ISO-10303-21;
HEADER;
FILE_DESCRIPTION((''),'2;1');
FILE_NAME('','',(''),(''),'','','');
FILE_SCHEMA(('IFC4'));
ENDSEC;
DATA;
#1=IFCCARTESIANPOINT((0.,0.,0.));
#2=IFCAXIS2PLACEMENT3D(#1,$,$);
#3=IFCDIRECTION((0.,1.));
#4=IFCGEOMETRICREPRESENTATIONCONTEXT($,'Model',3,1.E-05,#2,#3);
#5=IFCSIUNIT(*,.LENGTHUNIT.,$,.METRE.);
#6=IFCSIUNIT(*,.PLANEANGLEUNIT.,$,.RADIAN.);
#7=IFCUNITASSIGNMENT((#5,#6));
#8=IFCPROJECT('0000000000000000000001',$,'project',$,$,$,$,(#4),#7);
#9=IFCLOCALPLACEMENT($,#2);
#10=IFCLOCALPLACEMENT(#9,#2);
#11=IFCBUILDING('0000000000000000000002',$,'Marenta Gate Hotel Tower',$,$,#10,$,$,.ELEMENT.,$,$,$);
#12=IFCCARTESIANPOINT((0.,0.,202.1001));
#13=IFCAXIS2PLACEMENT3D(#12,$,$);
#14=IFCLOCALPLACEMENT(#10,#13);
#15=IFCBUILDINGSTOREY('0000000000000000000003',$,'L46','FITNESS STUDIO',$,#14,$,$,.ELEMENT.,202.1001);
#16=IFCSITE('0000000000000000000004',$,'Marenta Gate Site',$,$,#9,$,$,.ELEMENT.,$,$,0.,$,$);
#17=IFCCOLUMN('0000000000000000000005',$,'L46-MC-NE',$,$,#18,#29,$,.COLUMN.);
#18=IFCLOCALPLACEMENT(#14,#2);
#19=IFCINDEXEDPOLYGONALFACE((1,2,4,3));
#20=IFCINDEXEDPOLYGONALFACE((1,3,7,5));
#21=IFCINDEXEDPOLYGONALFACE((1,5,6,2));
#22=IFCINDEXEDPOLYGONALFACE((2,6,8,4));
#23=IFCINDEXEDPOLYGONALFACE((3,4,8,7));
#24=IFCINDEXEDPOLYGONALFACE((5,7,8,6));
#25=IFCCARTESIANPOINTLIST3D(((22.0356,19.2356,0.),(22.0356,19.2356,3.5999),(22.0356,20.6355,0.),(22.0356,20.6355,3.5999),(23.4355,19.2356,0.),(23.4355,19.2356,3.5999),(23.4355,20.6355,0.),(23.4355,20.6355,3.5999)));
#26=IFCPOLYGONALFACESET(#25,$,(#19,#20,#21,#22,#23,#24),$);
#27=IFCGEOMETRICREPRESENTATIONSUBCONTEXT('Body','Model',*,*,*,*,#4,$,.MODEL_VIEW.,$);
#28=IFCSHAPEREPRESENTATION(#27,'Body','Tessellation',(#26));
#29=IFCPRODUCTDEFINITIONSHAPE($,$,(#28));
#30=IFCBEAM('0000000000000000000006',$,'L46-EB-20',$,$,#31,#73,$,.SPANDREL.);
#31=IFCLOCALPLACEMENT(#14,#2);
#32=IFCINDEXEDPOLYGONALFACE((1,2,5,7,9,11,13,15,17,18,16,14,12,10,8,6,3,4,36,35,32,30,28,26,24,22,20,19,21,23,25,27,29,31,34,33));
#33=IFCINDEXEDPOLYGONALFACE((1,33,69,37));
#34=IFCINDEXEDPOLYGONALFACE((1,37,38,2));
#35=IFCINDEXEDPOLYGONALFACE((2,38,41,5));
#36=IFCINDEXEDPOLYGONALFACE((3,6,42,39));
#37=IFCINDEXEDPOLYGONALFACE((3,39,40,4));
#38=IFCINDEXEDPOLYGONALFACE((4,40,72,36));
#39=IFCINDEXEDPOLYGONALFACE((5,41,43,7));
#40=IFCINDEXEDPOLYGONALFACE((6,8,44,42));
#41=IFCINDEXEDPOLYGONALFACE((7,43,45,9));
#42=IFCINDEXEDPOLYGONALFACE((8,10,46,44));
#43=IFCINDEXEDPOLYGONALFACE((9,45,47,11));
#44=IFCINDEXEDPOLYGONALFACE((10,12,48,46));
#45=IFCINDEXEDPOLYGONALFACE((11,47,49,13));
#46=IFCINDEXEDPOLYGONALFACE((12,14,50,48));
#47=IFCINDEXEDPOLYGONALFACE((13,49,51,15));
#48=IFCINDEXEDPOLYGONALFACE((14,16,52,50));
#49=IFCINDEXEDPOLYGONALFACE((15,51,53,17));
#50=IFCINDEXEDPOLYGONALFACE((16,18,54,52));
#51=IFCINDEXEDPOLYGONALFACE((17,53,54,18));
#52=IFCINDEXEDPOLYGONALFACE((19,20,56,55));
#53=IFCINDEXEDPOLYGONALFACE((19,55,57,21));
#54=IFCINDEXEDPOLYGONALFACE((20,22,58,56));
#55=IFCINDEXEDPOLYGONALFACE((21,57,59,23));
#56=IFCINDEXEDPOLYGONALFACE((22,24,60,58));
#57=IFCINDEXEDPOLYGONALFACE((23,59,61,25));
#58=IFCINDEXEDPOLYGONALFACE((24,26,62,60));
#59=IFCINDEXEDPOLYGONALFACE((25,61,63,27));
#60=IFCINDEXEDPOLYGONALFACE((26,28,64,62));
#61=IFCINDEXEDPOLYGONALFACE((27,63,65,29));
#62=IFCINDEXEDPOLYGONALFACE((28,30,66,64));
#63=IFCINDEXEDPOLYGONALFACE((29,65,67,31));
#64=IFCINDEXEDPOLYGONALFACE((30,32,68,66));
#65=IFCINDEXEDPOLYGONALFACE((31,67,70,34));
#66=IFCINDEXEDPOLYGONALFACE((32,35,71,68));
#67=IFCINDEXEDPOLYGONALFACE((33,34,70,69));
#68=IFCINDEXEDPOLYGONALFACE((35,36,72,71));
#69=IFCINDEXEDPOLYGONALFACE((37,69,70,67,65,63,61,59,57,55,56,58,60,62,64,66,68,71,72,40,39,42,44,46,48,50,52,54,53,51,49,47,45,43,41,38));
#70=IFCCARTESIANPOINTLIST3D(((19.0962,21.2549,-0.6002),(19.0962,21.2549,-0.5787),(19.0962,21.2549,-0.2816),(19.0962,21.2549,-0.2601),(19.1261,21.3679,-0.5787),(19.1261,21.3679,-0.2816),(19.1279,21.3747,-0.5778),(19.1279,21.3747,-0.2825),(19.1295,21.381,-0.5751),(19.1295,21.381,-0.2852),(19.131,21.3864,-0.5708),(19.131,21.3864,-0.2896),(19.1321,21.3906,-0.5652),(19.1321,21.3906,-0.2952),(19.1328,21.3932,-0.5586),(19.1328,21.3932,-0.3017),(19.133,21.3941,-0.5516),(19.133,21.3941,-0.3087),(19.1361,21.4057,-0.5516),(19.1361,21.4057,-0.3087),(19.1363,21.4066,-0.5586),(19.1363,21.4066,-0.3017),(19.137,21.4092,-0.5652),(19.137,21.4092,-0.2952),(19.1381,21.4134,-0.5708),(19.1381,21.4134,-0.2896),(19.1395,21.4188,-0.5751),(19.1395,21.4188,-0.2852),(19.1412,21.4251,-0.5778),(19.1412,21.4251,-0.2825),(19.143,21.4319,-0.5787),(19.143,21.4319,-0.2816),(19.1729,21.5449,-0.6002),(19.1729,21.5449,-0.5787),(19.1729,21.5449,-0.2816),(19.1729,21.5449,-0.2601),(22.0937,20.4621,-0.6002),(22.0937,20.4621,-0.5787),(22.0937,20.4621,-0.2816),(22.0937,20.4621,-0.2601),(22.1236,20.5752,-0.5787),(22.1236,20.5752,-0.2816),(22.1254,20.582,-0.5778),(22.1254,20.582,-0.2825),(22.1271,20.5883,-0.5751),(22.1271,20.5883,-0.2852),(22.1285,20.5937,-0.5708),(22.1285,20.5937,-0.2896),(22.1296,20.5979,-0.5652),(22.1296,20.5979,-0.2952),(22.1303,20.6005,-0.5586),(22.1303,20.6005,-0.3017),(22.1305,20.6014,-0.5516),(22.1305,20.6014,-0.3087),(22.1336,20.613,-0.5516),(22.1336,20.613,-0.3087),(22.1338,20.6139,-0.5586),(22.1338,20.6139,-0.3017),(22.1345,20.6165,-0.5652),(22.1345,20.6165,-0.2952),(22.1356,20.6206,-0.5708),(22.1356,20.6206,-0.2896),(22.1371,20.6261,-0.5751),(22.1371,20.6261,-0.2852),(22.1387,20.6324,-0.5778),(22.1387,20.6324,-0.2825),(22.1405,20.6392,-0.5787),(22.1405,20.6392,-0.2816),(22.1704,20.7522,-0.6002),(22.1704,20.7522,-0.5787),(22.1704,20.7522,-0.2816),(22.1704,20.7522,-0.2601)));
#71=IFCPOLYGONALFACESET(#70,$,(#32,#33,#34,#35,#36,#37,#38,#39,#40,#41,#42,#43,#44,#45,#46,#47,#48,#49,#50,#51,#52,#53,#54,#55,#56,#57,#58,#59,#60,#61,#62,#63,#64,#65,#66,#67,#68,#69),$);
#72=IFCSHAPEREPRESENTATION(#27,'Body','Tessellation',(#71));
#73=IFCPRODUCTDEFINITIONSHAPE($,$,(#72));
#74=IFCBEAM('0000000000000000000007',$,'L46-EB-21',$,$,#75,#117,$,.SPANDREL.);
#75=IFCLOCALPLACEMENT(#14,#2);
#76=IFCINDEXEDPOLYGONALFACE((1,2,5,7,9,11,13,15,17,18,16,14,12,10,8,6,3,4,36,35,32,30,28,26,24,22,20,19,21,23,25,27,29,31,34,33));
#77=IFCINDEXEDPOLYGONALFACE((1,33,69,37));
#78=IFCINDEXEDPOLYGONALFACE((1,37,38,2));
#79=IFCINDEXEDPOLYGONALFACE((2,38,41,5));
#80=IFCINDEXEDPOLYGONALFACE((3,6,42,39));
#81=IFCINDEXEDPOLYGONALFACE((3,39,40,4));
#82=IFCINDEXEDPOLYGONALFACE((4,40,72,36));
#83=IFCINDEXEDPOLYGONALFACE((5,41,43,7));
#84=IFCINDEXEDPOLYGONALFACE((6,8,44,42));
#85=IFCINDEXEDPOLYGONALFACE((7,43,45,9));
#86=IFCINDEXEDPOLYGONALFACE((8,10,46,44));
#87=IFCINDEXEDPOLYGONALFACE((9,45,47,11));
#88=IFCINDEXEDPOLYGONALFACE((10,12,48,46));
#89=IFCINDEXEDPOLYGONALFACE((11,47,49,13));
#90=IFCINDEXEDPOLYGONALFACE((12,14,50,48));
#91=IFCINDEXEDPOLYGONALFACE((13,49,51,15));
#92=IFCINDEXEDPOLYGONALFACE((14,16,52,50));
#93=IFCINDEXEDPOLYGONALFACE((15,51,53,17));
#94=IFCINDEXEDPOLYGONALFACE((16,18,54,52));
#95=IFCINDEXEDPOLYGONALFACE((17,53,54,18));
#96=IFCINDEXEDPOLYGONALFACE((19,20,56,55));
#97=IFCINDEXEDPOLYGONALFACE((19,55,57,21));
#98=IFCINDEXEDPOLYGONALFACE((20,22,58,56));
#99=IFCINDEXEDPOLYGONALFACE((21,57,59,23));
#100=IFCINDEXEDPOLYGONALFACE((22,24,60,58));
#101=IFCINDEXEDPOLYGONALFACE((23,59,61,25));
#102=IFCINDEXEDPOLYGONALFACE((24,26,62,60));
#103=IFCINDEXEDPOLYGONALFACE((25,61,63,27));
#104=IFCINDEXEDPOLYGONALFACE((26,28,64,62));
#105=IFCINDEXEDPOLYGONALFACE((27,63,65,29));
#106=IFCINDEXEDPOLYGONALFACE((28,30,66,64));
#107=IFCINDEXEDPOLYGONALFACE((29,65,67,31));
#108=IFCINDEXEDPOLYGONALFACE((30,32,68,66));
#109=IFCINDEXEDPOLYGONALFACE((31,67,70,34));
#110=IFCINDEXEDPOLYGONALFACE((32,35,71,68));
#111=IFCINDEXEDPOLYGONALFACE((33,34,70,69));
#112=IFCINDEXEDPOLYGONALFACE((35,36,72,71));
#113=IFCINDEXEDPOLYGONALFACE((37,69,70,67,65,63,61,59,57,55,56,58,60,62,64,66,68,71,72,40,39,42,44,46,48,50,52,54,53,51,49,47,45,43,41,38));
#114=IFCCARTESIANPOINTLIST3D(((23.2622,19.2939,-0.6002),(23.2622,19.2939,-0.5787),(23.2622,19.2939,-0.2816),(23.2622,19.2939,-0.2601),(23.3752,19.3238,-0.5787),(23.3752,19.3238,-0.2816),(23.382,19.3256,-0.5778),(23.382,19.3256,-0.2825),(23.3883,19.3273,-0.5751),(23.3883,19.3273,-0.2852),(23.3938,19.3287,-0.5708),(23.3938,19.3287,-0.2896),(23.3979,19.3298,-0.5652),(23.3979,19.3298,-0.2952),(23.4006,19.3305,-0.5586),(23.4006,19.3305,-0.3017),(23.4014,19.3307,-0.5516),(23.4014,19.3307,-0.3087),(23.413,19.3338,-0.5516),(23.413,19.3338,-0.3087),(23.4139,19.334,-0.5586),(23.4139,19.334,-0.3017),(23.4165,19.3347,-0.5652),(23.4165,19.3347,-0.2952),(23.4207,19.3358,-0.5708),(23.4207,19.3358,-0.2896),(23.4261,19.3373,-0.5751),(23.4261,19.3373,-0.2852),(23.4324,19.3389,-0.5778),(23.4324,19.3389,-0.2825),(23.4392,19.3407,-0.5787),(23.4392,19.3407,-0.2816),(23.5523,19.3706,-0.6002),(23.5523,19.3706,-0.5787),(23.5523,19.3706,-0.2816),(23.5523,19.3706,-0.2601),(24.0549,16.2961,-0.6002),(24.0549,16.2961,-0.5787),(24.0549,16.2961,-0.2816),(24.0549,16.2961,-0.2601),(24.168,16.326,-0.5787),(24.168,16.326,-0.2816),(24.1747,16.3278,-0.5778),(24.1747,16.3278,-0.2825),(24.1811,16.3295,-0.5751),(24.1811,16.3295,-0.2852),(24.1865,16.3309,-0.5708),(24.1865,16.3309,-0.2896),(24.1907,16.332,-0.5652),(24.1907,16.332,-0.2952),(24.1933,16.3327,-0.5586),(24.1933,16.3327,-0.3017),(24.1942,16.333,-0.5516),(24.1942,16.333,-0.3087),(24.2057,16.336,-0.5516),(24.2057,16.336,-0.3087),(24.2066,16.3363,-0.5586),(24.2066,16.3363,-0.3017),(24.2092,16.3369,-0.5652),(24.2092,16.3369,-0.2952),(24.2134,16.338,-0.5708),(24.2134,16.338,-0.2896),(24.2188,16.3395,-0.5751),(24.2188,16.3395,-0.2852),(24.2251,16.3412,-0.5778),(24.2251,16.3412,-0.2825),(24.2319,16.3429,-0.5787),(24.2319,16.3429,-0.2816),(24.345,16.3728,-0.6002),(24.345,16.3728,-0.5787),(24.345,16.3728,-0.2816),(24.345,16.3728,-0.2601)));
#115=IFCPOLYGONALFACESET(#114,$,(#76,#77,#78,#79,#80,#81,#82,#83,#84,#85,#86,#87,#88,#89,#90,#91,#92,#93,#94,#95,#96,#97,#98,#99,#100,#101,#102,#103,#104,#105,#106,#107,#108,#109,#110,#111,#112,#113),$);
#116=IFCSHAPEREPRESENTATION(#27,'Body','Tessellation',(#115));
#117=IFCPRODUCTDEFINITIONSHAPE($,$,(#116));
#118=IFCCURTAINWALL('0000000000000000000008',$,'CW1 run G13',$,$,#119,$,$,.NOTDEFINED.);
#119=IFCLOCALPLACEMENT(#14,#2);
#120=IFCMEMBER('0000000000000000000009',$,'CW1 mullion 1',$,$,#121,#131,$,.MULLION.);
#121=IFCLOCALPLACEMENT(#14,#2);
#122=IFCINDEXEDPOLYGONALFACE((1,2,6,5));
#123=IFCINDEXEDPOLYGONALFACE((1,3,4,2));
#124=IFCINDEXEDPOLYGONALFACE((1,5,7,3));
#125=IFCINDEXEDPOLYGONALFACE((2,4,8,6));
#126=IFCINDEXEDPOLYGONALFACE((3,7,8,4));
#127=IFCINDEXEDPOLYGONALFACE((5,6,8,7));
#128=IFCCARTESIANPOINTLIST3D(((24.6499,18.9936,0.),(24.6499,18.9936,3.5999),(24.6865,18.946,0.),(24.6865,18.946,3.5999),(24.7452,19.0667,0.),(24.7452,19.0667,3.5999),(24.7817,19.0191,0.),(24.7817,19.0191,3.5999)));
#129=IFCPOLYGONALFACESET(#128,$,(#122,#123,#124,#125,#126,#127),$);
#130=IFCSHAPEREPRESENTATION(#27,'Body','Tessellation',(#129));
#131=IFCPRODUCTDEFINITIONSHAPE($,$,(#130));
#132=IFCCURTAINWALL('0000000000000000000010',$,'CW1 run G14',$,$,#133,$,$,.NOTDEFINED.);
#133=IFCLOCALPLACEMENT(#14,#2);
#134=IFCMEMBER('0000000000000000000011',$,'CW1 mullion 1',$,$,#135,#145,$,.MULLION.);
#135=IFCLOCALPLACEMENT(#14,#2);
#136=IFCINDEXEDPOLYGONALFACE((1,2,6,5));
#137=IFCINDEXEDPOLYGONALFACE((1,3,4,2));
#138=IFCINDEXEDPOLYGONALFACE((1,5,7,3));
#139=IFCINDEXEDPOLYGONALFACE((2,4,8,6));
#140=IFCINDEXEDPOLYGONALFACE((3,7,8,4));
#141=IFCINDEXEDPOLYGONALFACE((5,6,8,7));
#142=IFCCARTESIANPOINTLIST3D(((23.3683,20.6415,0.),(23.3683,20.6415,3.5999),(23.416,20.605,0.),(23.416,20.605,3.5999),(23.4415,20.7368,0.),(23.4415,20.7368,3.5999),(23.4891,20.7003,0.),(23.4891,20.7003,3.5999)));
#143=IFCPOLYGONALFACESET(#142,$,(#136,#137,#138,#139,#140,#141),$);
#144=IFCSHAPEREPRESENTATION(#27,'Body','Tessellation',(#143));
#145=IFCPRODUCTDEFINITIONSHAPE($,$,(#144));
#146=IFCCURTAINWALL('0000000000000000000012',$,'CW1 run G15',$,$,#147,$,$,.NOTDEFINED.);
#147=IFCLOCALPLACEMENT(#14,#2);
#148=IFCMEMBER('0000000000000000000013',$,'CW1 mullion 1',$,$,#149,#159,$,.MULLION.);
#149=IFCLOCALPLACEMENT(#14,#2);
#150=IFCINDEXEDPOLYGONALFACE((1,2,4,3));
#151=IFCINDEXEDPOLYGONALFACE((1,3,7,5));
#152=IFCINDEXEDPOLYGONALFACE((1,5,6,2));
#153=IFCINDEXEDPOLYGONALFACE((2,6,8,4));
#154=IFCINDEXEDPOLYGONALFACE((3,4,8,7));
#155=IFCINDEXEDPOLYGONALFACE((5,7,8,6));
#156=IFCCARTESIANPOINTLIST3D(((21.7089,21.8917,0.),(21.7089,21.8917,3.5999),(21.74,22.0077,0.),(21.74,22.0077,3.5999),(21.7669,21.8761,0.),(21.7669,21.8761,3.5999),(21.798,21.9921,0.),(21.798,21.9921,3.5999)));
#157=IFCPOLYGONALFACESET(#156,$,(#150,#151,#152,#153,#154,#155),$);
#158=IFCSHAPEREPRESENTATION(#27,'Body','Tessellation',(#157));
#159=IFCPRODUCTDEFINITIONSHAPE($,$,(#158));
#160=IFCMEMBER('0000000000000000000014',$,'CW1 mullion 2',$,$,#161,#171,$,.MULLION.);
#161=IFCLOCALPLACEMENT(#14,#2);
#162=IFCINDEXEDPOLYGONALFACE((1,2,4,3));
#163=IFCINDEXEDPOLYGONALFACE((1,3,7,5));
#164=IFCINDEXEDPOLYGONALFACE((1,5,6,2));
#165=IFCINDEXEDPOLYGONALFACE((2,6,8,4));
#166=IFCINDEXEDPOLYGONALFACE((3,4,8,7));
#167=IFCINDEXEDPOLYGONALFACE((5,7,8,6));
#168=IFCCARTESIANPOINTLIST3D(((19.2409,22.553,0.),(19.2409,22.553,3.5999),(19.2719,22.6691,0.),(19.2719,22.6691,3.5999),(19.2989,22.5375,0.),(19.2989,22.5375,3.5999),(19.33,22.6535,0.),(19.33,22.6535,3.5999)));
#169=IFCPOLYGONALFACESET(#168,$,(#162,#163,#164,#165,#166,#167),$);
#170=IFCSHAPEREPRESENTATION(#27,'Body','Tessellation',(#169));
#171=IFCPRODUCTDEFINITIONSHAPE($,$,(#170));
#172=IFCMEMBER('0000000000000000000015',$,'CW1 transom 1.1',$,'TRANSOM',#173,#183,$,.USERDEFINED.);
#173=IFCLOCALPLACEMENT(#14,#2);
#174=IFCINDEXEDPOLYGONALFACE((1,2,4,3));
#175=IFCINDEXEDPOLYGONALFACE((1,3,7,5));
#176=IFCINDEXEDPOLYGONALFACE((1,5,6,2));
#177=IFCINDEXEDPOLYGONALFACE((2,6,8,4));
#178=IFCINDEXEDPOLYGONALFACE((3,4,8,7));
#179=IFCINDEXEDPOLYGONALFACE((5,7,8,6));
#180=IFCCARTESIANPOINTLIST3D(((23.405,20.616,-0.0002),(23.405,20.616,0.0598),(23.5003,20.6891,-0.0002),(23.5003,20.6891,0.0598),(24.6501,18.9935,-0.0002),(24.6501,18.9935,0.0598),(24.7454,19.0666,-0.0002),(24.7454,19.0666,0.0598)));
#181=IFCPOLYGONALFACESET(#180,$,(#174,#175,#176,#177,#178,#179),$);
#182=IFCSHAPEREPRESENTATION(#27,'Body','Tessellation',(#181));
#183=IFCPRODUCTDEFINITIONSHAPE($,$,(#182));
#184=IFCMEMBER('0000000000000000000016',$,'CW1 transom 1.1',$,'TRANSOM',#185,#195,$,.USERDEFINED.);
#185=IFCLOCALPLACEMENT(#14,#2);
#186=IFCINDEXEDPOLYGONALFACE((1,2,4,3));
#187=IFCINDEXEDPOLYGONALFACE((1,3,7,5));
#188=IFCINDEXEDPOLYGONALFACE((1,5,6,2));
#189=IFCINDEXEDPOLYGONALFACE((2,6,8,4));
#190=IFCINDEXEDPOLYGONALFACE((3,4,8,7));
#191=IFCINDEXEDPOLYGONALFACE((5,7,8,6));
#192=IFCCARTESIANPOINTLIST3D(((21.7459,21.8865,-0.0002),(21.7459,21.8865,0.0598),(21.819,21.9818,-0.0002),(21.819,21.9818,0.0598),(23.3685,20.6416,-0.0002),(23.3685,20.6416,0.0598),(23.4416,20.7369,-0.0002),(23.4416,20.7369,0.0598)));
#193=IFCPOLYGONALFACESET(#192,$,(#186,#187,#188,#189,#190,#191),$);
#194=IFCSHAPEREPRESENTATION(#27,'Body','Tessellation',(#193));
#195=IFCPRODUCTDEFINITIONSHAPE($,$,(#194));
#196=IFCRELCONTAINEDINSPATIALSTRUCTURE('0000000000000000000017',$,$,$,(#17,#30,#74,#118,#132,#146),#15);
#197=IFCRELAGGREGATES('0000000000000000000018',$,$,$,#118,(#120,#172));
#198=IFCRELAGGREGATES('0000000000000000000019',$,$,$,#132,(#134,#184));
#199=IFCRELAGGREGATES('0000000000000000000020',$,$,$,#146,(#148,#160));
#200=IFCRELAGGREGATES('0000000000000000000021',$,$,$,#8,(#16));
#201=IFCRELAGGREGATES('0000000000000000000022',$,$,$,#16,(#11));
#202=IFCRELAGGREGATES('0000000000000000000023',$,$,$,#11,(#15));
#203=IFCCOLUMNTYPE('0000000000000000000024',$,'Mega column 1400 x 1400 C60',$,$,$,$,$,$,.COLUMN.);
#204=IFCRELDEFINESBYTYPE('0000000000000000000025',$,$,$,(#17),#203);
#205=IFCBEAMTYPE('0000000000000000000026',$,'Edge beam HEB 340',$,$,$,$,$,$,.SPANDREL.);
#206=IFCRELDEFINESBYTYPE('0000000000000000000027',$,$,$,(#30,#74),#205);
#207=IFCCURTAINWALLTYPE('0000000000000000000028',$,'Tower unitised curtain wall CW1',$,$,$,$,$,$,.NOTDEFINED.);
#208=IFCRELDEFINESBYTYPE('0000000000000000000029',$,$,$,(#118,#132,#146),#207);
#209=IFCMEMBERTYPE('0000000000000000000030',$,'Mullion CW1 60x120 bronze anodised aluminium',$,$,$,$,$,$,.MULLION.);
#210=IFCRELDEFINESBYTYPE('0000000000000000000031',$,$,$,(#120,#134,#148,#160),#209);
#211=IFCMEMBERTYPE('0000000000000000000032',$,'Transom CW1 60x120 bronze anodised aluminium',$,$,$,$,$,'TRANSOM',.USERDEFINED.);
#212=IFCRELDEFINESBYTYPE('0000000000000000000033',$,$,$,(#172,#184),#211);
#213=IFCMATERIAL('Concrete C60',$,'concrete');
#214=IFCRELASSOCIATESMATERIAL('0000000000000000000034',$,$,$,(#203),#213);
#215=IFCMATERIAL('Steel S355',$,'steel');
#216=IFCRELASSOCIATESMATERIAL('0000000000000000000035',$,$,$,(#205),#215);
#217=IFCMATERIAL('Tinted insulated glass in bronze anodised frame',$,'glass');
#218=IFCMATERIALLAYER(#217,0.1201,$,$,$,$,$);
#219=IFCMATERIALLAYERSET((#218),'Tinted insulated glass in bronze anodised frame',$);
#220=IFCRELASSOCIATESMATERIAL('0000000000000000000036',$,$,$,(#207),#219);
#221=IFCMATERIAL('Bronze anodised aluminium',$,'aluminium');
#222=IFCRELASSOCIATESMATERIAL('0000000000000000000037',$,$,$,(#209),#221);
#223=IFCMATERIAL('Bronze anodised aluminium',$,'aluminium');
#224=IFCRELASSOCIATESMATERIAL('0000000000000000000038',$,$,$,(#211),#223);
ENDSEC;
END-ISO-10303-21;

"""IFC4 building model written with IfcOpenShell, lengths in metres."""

from ifc_helpers import new_model, si_unit, direction, frame, origin, origin_2d, place, context, subcontext, project, spatial, rectangle, i_section, extrude, material, layer, layer_set, material_profile, profile_set, type_object, element, aggregate, save


model = new_model("IFC4")

# Units and contexts
model_context = context("Model", 3, precision=1e-05, world=origin(), true_north=direction((0.0, 1.0)))
body_context = subcontext(model_context, "Body", "Model", "MODEL_VIEW")
ifc_project = project(units=[si_unit("LENGTHUNIT", "METRE"), si_unit("PLANEANGLEUNIT", "RADIAN")], contexts=[model_context])

# Site, building, storey
site_placement = place(None, origin())
site = spatial("IfcSite", under=ifc_project, at=site_placement, Name="Marenta Gate Site", CompositionType="ELEMENT", RefElevation=0.0)
building_placement = place(site_placement, origin())
building = spatial("IfcBuilding", under=site, at=building_placement, Name="Marenta Gate Hotel Tower", CompositionType="ELEMENT")
storey_placement = place(building_placement, frame((0.0, 0.0, 202.1001)))
storey = spatial("IfcBuildingStorey", under=building, at=storey_placement, Name="L46", Description="FITNESS STUDIO", CompositionType="ELEMENT", Elevation=202.1001)

# Column
ifc_material_1 = material(Name="Concrete C60", Category="concrete")
ifc_material_profile_1 = material_profile(ifc_material_1, rectangle(XDim=1.3999, YDim=1.3999, at=origin_2d()), Name="1400 x 1400")
ifc_profile_set_1 = profile_set([ifc_material_profile_1], Name="Concrete C60")
column_type = type_object("IfcColumnType", Name="Mega column 1400 x 1400 C60", PredefinedType="COLUMN", material=ifc_profile_set_1)
column_placement = place(storey_placement, frame((22.7356, 19.9355, 0.0), z_axis=(0.0, 0.0, 1.0), x_axis=(1.0, 0.0, 0.0)))
element("IfcColumn", 1, at=column_placement, inside=storey, type_object=column_type, Name="L46-MC-NE", PredefinedType="COLUMN", context=body_context, shape_type="SweptSolid", body=[
    extrude(rectangle(XDim=1.3999, YDim=1.3999, at=origin_2d()), origin(), (0.0, 0.0, 1.0), 3.5999),
])

# Beams
ifc_material_2 = material(Name="Steel S355", Category="steel")
ifc_material_profile_2 = material_profile(ifc_material_2, i_section(OverallWidth=0.3, OverallDepth=0.3401, WebThickness=0.012, FlangeThickness=0.0215, FilletRadius=0.0271, at=origin_2d()), Name="HEB 340")
ifc_profile_set_2 = profile_set([ifc_material_profile_2], Name="Steel S355")
beam_type = type_object("IfcBeamType", Name="Edge beam HEB 340", PredefinedType="SPANDREL", material=ifc_profile_set_2)
beam_1_placement = place(storey_placement, frame((19.1345, 21.3999, -0.4302), z_axis=(0.966765, -0.255667, 0.0), x_axis=(0.255667, 0.966765, 0.0)))
element("IfcBeam", 2, at=beam_1_placement, inside=storey, type_object=beam_type, Name="L46-EB-20", PredefinedType="SPANDREL", context=body_context, shape_type="SweptSolid", body=[
    extrude(i_section(OverallWidth=0.3, OverallDepth=0.3401, WebThickness=0.012, FlangeThickness=0.0215, FilletRadius=0.0271, at=origin_2d()), origin(), (0.0, 0.0, 1.0), 3.1006),
])
beam_2_placement = place(storey_placement, frame((23.4072, 19.3323, -0.4302), z_axis=(0.255648, -0.96677, 0.0), x_axis=(0.96677, 0.255648, 0.0)))
element("IfcBeam", 3, at=beam_2_placement, inside=storey, type_object=beam_type, Name="L46-EB-21", PredefinedType="SPANDREL", context=body_context, shape_type="SweptSolid", body=[
    extrude(i_section(OverallWidth=0.3, OverallDepth=0.3401, WebThickness=0.012, FlangeThickness=0.0215, FilletRadius=0.0271, at=origin_2d()), origin(), (0.0, 0.0, 1.0), 3.1008),
])

# Curtain walls, members
ifc_material_3 = material(Name="Tinted insulated glass in bronze anodised frame", Category="glass")
ifc_layer_1 = layer(ifc_material_3, 0.1201)
ifc_layer_set_1 = layer_set([ifc_layer_1], Name="Tinted insulated glass in bronze anodised frame")
curtain_wall_type = type_object("IfcCurtainWallType", Name="Tower unitised curtain wall CW1", PredefinedType="NOTDEFINED", material=ifc_layer_set_1)
curtain_wall_1_placement = place(storey_placement, origin())
curtain_wall_1 = element("IfcCurtainWall", 4, at=curtain_wall_1_placement, inside=storey, type_object=curtain_wall_type, Name="CW1 run G13", PredefinedType="NOTDEFINED")
ifc_material_4 = material(Name="Bronze anodised aluminium", Category="aluminium")
ifc_material_profile_3 = material_profile(ifc_material_4, rectangle(XDim=0.1201, YDim=0.0601, at=origin_2d()), Name="Mullion CW1 60x120 bronze anodised aluminium")
ifc_profile_set_3 = profile_set([ifc_material_profile_3], Name="Bronze anodised aluminium")
member_type_1 = type_object("IfcMemberType", Name="Mullion CW1 60x120 bronze anodised aluminium", PredefinedType="MULLION", material=ifc_profile_set_3)
member_1_placement = place(storey_placement, frame((24.7158, 19.0063, 0.0), z_axis=(0.0, 0.0, 1.0), x_axis=(-0.793333, -0.608787, 0.0)))
member_1 = element("IfcMember", 5, at=member_1_placement, type_object=member_type_1, Name="CW1 mullion 1", PredefinedType="MULLION", context=body_context, shape_type="SweptSolid", body=[
    extrude(rectangle(XDim=0.1201, YDim=0.0601, at=origin_2d()), origin(), (0.0, 0.0, 1.0), 3.5999),
])
curtain_wall_2_placement = place(storey_placement, origin())
curtain_wall_2 = element("IfcCurtainWall", 6, at=curtain_wall_2_placement, inside=storey, type_object=curtain_wall_type, Name="CW1 run G14", PredefinedType="NOTDEFINED")
member_2_placement = place(storey_placement, frame((23.4287, 20.6709, 0.0), z_axis=(0.0, 0.0, 1.0), x_axis=(-0.608787, -0.793333, 0.0)))
member_2 = element("IfcMember", 7, at=member_2_placement, type_object=member_type_1, Name="CW1 mullion 1", PredefinedType="MULLION", context=body_context, shape_type="SweptSolid", body=[
    extrude(rectangle(XDim=0.1201, YDim=0.0601, at=origin_2d()), origin(), (0.0, 0.0, 1.0), 3.5999),
])

# Curtain wall, members
curtain_wall_3_placement = place(storey_placement, origin())
curtain_wall_3 = element("IfcCurtainWall", 8, at=curtain_wall_3_placement, inside=storey, type_object=curtain_wall_type, Name="CW1 run G15", PredefinedType="NOTDEFINED")
member_3_placement = place(storey_placement, frame((21.7534, 21.9419, 0.0), z_axis=(0.0, 0.0, 1.0), x_axis=(-0.258805, -0.96593, 0.0)))
member_3 = element("IfcMember", 9, at=member_3_placement, type_object=member_type_1, Name="CW1 mullion 1", PredefinedType="MULLION", context=body_context, shape_type="SweptSolid", body=[
    extrude(rectangle(XDim=0.1201, YDim=0.0601, at=origin_2d()), origin(), (0.0, 0.0, 1.0), 3.5999),
])
member_4_placement = place(storey_placement, frame((19.2854, 22.6033, 0.0), z_axis=(0.0, 0.0, 1.0), x_axis=(-0.258805, -0.96593, 0.0)))
member_4 = element("IfcMember", 10, at=member_4_placement, type_object=member_type_1, Name="CW1 mullion 2", PredefinedType="MULLION", context=body_context, shape_type="SweptSolid", body=[
    extrude(rectangle(XDim=0.1201, YDim=0.0601, at=origin_2d()), origin(), (0.0, 0.0, 1.0), 3.5999),
])

# Members
ifc_material_5 = material(Name="Bronze anodised aluminium", Category="aluminium")
ifc_material_profile_4 = material_profile(ifc_material_5, rectangle(XDim=0.1201, YDim=0.0601, at=origin_2d()), Name="Transom CW1 60x120 bronze anodised aluminium")
ifc_profile_set_4 = profile_set([ifc_material_profile_4], Name="Bronze anodised aluminium")
member_type_2 = type_object("IfcMemberType", Name="Transom CW1 60x120 bronze anodised aluminium", ElementType="TRANSOM", PredefinedType="USERDEFINED", material=ifc_profile_set_4)
member_5_placement = place(storey_placement, frame((24.6978, 19.03, 0.0298), z_axis=(-0.608787, 0.793333, 0.0), x_axis=(-0.793333, -0.608787, 0.0)))
member_5 = element("IfcMember", 11, at=member_5_placement, type_object=member_type_2, Name="CW1 transom 1.1", ObjectType="TRANSOM", PredefinedType="USERDEFINED", context=body_context, shape_type="SweptSolid", body=[
    extrude(rectangle(XDim=0.1201, YDim=0.0601, at=origin_2d()), origin(), (0.0, 0.0, 1.0), 2.0452),
])
member_6_placement = place(storey_placement, frame((23.405, 20.6892, 0.0298), z_axis=(-0.793391, 0.608712, 0.0), x_axis=(-0.608712, -0.793391, 0.0)))
member_6 = element("IfcMember", 12, at=member_6_placement, type_object=member_type_2, Name="CW1 transom 1.1", ObjectType="TRANSOM", PredefinedType="USERDEFINED", context=body_context, shape_type="SweptSolid", body=[
    extrude(rectangle(XDim=0.1201, YDim=0.0601, at=origin_2d()), origin(), (0.0, 0.0, 1.0), 2.0452),
])

aggregate(curtain_wall_1, [member_1, member_5])
aggregate(curtain_wall_2, [member_2, member_6])
aggregate(curtain_wall_3, [member_3, member_4])

save(model, "model.ifc")
